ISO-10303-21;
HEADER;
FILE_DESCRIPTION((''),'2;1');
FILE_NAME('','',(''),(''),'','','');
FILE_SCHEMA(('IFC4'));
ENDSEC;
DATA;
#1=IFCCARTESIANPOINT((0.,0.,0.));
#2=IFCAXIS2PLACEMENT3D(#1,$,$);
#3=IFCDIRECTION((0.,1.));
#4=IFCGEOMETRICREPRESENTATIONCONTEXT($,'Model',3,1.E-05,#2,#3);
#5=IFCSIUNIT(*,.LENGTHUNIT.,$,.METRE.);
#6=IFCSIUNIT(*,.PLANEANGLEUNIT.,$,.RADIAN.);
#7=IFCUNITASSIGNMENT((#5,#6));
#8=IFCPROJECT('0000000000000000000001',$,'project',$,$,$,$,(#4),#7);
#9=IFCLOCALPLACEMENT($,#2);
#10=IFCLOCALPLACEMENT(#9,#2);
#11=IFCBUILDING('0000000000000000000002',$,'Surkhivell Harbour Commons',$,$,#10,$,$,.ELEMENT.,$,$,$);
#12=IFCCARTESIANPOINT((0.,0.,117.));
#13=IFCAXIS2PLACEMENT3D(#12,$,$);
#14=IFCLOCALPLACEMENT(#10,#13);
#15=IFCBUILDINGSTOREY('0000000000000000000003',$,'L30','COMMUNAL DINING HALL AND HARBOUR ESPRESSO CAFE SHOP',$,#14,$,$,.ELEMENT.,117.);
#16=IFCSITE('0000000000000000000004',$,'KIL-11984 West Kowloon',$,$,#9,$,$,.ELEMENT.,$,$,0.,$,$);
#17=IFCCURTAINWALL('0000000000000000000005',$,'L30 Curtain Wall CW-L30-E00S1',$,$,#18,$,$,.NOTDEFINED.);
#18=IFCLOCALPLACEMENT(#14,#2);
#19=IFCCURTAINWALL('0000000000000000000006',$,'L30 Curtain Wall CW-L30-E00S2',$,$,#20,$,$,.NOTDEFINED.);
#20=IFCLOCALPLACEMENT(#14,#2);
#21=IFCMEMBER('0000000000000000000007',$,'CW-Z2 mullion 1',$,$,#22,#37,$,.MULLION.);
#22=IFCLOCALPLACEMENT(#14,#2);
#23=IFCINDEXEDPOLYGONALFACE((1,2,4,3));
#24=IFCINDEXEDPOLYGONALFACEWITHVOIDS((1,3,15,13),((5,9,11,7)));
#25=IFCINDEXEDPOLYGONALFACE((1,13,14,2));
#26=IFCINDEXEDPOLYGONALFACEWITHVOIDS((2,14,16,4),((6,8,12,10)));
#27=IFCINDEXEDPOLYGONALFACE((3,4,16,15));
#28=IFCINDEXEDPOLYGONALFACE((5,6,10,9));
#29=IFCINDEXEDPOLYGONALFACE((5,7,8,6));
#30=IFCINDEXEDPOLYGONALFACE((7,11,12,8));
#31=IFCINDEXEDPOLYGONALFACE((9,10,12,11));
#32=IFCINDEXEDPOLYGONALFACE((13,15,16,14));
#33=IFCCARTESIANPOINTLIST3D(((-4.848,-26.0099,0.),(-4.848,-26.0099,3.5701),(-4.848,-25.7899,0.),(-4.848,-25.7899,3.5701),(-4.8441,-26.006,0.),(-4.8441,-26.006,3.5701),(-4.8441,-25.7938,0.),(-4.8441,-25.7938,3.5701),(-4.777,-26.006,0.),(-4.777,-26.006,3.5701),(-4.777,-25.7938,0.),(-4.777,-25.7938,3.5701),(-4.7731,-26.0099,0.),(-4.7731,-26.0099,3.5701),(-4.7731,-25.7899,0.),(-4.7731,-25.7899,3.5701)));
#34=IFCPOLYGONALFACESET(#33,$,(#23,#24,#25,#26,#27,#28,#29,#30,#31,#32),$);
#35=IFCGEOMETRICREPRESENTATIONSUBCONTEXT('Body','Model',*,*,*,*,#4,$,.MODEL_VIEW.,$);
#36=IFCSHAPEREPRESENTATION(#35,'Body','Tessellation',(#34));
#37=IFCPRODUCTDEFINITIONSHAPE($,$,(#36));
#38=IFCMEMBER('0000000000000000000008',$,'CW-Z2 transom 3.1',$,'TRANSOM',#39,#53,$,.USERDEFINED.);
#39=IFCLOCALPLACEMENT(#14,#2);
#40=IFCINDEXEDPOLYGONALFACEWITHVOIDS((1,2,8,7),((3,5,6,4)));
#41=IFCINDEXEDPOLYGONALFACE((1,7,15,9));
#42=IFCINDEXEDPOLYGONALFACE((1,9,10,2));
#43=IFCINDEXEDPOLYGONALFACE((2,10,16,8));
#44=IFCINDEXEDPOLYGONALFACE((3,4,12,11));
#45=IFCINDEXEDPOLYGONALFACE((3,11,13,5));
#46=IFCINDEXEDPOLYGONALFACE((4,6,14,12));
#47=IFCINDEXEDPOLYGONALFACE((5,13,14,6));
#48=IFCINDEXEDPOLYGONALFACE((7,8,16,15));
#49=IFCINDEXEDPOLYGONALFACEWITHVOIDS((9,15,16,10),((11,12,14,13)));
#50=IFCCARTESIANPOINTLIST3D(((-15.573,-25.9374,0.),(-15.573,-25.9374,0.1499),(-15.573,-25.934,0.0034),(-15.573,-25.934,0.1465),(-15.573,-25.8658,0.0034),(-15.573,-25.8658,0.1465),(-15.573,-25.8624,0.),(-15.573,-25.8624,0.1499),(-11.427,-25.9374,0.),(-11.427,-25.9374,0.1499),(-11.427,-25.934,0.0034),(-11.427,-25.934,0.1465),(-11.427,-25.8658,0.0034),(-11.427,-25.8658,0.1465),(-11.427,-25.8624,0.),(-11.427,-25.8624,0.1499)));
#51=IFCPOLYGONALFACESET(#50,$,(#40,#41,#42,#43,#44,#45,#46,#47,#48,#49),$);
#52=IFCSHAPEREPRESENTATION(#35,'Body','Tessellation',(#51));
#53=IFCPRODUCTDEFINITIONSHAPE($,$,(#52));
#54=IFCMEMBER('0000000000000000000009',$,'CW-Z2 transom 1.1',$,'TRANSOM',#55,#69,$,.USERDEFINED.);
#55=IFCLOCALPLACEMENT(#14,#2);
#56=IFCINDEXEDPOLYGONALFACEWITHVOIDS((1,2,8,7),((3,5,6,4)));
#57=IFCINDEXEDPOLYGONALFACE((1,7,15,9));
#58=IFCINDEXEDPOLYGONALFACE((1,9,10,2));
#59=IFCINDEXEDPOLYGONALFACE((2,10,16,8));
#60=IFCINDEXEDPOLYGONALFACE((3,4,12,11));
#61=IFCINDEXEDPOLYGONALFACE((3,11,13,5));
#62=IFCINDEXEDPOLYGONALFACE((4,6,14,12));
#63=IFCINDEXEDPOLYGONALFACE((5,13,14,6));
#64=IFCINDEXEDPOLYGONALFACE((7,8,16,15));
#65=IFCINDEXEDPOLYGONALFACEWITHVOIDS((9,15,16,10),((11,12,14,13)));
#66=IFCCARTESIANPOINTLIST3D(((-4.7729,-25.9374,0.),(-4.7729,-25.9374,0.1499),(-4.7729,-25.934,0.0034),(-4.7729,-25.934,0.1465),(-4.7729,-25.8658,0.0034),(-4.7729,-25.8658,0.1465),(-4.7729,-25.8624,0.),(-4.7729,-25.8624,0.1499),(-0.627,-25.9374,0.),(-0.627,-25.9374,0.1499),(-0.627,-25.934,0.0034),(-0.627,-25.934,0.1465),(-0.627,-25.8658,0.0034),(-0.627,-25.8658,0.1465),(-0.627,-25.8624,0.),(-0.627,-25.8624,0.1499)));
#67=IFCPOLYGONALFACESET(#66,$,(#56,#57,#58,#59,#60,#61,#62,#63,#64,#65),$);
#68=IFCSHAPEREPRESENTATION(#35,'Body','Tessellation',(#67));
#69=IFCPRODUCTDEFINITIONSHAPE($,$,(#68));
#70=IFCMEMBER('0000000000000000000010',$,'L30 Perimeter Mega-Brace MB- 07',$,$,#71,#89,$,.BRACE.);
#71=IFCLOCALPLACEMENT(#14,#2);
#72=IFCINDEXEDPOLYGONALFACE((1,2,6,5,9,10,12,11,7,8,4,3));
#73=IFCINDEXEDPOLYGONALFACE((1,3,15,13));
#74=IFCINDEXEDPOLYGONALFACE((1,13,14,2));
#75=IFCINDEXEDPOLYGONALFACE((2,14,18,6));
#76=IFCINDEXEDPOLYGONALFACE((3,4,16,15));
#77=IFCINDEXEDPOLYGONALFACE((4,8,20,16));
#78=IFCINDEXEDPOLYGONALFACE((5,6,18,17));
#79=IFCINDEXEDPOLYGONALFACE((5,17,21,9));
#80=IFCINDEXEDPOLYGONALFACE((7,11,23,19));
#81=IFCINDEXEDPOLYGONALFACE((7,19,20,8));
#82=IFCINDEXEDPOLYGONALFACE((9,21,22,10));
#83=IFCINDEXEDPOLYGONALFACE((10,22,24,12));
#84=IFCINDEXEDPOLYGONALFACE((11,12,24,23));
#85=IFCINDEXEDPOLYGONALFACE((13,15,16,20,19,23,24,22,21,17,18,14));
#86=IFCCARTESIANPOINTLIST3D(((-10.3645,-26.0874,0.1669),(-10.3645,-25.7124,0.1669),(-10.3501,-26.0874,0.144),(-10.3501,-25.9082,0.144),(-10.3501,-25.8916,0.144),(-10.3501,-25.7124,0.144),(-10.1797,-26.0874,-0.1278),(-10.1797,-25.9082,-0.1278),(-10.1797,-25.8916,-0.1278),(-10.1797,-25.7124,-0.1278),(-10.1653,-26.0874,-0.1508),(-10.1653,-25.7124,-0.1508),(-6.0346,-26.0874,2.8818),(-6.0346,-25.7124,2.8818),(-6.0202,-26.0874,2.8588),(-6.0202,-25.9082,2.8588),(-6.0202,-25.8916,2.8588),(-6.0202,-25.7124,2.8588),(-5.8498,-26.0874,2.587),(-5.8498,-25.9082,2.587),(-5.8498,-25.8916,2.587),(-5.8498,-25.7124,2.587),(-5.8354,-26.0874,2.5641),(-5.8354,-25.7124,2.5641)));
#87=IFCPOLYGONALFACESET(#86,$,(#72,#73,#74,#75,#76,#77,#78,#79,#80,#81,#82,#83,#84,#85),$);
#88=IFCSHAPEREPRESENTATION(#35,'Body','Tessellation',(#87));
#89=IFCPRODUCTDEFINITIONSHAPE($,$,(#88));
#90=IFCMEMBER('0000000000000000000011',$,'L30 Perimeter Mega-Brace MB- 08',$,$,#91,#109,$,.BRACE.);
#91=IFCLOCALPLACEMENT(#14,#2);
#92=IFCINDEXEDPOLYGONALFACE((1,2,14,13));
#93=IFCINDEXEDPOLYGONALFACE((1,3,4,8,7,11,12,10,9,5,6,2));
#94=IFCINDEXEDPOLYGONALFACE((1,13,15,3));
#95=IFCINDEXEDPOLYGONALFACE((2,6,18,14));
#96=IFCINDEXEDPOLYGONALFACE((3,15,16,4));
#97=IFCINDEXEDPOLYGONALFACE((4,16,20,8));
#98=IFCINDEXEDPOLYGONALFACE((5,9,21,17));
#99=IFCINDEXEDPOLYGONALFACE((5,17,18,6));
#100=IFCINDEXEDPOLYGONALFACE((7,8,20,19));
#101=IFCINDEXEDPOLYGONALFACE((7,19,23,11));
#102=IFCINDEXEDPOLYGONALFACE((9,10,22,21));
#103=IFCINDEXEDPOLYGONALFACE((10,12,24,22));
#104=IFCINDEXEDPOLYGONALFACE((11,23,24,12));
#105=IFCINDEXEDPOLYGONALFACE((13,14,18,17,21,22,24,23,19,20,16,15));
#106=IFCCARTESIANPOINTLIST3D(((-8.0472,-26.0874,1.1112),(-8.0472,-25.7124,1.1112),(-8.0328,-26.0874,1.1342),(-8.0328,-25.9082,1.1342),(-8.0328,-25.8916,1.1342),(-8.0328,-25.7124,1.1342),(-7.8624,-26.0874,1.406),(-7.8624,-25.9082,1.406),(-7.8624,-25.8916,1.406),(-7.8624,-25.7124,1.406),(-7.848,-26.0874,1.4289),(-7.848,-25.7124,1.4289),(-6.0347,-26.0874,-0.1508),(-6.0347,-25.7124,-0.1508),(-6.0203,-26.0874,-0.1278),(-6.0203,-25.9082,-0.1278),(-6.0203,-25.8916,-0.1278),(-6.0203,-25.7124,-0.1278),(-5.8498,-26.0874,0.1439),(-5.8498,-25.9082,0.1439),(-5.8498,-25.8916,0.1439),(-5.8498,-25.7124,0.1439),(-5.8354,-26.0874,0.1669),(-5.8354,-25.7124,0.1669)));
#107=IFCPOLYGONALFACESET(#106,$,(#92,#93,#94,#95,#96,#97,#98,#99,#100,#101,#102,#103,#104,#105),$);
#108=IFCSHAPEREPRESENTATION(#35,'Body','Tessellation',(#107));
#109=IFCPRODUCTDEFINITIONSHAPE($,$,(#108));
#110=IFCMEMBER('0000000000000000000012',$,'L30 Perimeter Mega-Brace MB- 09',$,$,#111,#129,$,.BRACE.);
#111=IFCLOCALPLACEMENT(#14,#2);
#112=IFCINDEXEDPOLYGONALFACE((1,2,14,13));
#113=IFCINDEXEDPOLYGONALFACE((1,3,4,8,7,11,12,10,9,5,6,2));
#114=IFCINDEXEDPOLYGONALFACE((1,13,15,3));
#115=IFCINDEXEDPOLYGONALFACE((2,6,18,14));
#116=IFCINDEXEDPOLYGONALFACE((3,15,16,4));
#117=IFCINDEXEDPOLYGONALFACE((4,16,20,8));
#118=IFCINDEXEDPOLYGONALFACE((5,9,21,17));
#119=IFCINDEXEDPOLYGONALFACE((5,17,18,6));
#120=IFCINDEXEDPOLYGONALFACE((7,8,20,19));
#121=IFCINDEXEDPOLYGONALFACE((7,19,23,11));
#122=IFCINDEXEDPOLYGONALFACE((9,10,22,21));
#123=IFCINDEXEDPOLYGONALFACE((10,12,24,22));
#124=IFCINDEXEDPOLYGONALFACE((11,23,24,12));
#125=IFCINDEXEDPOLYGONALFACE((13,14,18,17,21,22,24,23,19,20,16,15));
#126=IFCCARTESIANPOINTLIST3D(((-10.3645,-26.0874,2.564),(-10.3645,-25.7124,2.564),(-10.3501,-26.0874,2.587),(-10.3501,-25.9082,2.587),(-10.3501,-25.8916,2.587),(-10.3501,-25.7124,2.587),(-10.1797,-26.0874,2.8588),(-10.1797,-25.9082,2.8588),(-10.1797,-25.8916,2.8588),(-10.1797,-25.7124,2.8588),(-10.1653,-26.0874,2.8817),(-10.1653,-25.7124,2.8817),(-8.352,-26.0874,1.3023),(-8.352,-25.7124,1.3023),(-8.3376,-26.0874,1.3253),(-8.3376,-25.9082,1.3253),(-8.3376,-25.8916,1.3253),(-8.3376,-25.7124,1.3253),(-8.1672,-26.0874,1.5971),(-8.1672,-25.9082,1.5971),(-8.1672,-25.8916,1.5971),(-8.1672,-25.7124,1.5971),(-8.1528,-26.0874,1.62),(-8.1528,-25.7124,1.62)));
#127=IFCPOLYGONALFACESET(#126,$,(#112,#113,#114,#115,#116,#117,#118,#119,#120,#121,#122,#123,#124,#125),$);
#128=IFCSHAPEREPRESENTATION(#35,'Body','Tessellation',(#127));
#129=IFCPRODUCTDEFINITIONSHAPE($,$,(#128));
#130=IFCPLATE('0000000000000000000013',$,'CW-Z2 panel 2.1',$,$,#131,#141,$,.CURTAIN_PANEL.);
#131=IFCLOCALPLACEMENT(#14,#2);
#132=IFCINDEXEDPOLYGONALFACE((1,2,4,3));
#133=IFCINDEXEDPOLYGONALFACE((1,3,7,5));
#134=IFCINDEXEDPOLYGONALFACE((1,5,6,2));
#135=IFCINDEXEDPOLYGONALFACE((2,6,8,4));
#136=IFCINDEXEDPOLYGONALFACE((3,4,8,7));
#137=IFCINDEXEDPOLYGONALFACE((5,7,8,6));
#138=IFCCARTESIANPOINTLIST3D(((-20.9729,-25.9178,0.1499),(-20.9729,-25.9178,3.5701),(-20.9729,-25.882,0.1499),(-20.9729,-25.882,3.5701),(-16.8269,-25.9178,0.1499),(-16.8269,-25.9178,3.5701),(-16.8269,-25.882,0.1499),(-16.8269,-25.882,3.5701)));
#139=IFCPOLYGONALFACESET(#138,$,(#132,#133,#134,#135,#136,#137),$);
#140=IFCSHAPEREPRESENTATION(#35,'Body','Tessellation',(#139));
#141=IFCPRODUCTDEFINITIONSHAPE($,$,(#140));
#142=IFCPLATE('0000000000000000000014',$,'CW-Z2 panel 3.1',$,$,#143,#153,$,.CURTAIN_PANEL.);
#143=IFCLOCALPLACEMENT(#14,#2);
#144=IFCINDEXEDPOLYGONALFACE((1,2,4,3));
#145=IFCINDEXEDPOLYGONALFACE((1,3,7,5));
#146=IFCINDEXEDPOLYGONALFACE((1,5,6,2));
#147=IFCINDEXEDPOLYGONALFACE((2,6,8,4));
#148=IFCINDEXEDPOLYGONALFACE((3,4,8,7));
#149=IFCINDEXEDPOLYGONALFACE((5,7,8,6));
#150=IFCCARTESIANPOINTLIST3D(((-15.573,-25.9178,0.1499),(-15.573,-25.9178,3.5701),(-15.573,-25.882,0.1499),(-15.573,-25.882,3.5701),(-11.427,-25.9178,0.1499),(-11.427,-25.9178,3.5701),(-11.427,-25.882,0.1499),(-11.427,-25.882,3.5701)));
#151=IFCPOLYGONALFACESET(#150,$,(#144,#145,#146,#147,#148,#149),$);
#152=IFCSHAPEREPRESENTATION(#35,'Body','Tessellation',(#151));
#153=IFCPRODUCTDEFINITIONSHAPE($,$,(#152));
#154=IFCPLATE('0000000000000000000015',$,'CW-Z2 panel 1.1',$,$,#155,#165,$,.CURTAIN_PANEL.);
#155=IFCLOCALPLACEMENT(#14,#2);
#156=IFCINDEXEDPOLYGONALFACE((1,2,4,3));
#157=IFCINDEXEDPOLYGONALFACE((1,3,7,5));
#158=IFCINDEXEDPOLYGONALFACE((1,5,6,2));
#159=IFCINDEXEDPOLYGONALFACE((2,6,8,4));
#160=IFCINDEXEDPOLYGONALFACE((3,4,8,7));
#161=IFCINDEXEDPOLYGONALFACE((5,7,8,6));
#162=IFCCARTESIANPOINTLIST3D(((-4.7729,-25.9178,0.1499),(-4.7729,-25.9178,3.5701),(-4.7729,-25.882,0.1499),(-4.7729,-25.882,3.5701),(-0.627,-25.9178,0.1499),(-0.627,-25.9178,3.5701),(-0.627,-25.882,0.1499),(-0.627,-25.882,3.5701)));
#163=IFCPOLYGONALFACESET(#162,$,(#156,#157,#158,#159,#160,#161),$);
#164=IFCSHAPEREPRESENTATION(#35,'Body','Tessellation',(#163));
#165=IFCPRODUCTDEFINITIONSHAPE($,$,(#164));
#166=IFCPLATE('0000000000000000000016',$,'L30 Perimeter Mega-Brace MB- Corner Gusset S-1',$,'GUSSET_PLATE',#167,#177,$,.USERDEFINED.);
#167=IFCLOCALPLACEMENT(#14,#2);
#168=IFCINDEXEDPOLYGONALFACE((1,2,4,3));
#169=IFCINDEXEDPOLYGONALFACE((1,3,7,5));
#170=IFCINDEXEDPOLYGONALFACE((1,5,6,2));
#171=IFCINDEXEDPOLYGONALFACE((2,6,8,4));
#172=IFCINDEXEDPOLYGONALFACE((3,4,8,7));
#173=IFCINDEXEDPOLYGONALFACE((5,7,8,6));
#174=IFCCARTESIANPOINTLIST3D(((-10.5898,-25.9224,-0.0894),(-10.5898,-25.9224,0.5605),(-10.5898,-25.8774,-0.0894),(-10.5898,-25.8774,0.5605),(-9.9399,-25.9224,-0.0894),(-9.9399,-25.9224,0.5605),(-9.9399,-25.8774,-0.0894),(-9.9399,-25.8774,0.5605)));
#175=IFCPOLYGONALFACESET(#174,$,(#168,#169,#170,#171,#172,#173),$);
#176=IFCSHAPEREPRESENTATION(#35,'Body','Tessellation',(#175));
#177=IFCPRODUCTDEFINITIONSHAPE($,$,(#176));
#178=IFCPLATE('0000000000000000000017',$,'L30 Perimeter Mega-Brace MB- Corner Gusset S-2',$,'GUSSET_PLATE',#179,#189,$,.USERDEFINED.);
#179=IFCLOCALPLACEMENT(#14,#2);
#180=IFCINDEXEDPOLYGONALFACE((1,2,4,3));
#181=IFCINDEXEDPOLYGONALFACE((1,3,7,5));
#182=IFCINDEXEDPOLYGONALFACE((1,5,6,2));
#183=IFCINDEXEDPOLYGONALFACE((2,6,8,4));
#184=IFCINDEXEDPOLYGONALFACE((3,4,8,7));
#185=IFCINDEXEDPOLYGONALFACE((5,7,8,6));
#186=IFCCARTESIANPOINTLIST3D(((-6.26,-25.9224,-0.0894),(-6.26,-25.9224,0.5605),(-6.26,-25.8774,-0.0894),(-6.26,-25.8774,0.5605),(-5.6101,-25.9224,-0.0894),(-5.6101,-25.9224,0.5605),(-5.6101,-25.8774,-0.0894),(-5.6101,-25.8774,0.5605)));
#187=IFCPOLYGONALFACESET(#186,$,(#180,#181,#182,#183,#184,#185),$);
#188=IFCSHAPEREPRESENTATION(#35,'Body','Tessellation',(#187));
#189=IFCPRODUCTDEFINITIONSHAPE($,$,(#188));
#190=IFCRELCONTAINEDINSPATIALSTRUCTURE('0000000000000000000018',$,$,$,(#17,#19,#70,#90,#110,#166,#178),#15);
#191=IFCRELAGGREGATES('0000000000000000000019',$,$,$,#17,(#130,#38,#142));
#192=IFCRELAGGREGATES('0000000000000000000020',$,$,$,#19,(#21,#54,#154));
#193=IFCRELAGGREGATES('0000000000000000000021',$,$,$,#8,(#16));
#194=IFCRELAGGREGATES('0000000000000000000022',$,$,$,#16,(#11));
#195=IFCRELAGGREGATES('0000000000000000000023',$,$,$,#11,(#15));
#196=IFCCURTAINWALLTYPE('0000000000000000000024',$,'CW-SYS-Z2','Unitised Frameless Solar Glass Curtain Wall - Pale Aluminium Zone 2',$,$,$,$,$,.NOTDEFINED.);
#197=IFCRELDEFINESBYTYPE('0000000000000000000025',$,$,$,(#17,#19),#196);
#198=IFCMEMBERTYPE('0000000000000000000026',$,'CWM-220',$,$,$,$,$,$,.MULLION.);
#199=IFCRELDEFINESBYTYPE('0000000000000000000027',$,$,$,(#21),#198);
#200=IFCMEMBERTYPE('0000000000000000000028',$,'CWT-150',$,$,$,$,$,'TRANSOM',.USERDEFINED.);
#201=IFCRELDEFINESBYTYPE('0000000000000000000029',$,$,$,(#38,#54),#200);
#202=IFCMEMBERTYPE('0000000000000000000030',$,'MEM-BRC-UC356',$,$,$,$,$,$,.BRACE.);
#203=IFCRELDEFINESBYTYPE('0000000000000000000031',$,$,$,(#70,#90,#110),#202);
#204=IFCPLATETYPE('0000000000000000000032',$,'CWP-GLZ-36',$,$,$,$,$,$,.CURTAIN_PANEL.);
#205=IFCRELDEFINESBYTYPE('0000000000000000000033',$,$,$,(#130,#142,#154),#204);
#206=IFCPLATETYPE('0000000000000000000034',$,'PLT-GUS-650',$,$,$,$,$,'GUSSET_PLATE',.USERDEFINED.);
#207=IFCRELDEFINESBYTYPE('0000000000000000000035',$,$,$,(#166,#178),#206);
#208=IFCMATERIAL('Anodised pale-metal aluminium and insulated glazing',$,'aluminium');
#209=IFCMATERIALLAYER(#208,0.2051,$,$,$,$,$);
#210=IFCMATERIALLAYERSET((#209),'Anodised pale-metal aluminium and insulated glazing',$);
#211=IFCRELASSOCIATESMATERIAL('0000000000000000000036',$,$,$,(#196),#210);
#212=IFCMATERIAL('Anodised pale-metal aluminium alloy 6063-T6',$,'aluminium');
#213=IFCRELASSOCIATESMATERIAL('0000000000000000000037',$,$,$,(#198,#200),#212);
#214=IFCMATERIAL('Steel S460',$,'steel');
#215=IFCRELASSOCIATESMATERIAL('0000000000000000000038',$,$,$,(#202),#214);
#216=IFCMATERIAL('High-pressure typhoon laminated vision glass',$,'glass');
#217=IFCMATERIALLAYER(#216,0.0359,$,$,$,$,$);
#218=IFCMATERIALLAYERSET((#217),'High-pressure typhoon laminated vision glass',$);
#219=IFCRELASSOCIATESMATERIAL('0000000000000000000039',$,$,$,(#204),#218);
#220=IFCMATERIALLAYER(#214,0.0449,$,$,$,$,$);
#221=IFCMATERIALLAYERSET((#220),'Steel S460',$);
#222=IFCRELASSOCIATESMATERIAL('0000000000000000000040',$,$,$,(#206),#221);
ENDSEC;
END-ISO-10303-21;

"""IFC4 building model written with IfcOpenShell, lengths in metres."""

from ifc_helpers import new_model, si_unit, direction, frame, frame_2d, origin, origin_2d, place, context, subcontext, project, spatial, rectangle, hollow_rectangle, i_section, extrude, material, layer, layer_set, material_profile, profile_set, type_object, element, aggregate, save


model = new_model("IFC4")

# Units and contexts
model_context = context("Model", 3, precision=1e-05, world=origin(), true_north=direction((0.0, 1.0)))
body_context = subcontext(model_context, "Body", "Model", "MODEL_VIEW")
ifc_project = project(units=[si_unit("LENGTHUNIT", "METRE"), si_unit("PLANEANGLEUNIT", "RADIAN")], contexts=[model_context])

# Site, building, storey
site_placement = place(None, origin())
site = spatial("IfcSite", under=ifc_project, at=site_placement, Name="KIL-11984 West Kowloon", CompositionType="ELEMENT", RefElevation=0.0)
building_placement = place(site_placement, origin())
building = spatial("IfcBuilding", under=site, at=building_placement, Name="Surkhivell Harbour Commons", CompositionType="ELEMENT")
storey_placement = place(building_placement, frame((0.0, 0.0, 117.0)))
storey = spatial("IfcBuildingStorey", under=building, at=storey_placement, Name="L30", Description="COMMUNAL DINING HALL AND HARBOUR ESPRESSO CAFE SHOP", CompositionType="ELEMENT", Elevation=117.0)

# Shared definitions
ifc_material_1 = material(Name="Steel S460", Category="steel")

# Curtain wall
ifc_material_2 = material(Name="Anodised pale-metal aluminium and insulated glazing", Category="aluminium")
ifc_layer_1 = layer(ifc_material_2, 0.2051)
ifc_layer_set_1 = layer_set([ifc_layer_1], Name="Anodised pale-metal aluminium and insulated glazing")
curtain_wall_type = type_object("IfcCurtainWallType", Name="CW-SYS-Z2", Description="Unitised Frameless Solar Glass Curtain Wall - Pale Aluminium Zone 2", PredefinedType="NOTDEFINED", material=ifc_layer_set_1)
curtain_wall_1_placement = place(storey_placement, origin())
curtain_wall_1 = element("IfcCurtainWall", 1, at=curtain_wall_1_placement, inside=storey, type_object=curtain_wall_type, Name="L30 Curtain Wall CW-L30-E00S1", PredefinedType="NOTDEFINED")
ifc_material_3 = material(Name="Anodised pale-metal aluminium alloy 6063-T6", Category="aluminium")
ifc_material_profile_1 = material_profile(ifc_material_3, hollow_rectangle(XDim=0.075, YDim=0.22, WallThickness=0.0039, at=origin_2d()), Name="ALU-MULL-75x220")
ifc_profile_set_1 = profile_set([ifc_material_profile_1], Name="Anodised pale-metal aluminium alloy 6063-T6")
member_type_1 = type_object("IfcMemberType", Name="CWM-220", PredefinedType="MULLION", material=ifc_profile_set_1)

# Curtain wall, member
curtain_wall_2_placement = place(storey_placement, origin())
curtain_wall_2 = element("IfcCurtainWall", 2, at=curtain_wall_2_placement, inside=storey, type_object=curtain_wall_type, Name="L30 Curtain Wall CW-L30-E00S2", PredefinedType="NOTDEFINED")
member_1_placement = place(storey_placement, frame((-4.8105, -25.8999, 0.0), z_axis=(0.0, 0.0, 1.0), x_axis=(1.0, 0.0, 0.0)))
member_1 = element("IfcMember", 3, at=member_1_placement, type_object=member_type_1, Name="CW-Z2 mullion 1", PredefinedType="MULLION", context=body_context, shape_type="SweptSolid", body=[
    extrude(hollow_rectangle(XDim=0.075, YDim=0.22, WallThickness=0.0039, at=origin_2d()), origin(), (0.0, 0.0, 1.0), 3.5701),
])

# Members
ifc_material_profile_2 = material_profile(ifc_material_3, hollow_rectangle(XDim=0.075, YDim=0.1499, WallThickness=0.0034, at=origin_2d()), Name="ALU-TRAN-75x150")
ifc_profile_set_2 = profile_set([ifc_material_profile_2], Name="Anodised pale-metal aluminium alloy 6063-T6")
member_type_2 = type_object("IfcMemberType", Name="CWT-150", ElementType="TRANSOM", PredefinedType="USERDEFINED", material=ifc_profile_set_2)
member_2_placement = place(storey_placement, frame((-15.573, -25.8999, 0.075), z_axis=(1.0, 0.0, 0.0), x_axis=(0.0, 1.0, 0.0)))
member_2 = element("IfcMember", 4, at=member_2_placement, type_object=member_type_2, Name="CW-Z2 transom 3.1", ObjectType="TRANSOM", PredefinedType="USERDEFINED", context=body_context, shape_type="SweptSolid", body=[
    extrude(hollow_rectangle(XDim=0.075, YDim=0.1499, WallThickness=0.0034, at=origin_2d()), origin(), (0.0, 0.0, 1.0), 4.146),
])
member_3_placement = place(storey_placement, frame((-4.7729, -25.8999, 0.075), z_axis=(1.0, 0.0, 0.0), x_axis=(0.0, 1.0, 0.0)))
member_3 = element("IfcMember", 5, at=member_3_placement, type_object=member_type_2, Name="CW-Z2 transom 1.1", ObjectType="TRANSOM", PredefinedType="USERDEFINED", context=body_context, shape_type="SweptSolid", body=[
    extrude(hollow_rectangle(XDim=0.075, YDim=0.1499, WallThickness=0.0034, at=origin_2d()), origin(), (0.0, 0.0, 1.0), 4.146),
])

# Members
ifc_material_profile_3 = material_profile(ifc_material_1, i_section(OverallWidth=0.375, OverallDepth=0.375, WebThickness=0.0166, FlangeThickness=0.0271, at=origin_2d()), Name="UC356x368x202")
ifc_profile_set_3 = profile_set([ifc_material_profile_3], Name="Steel S460")
member_type_3 = type_object("IfcMemberType", Name="MEM-BRC-UC356", PredefinedType="BRACE", material=ifc_profile_set_3)
member_4_placement = place(storey_placement, frame((-10.2649, -25.8999, 0.0081), z_axis=(0.847233, 0.0, 0.531222), x_axis=(0.0, 1.0, 0.0)))
element("IfcMember", 6, at=member_4_placement, inside=storey, type_object=member_type_3, Name="L30 Perimeter Mega-Brace MB- 07", PredefinedType="BRACE", context=body_context, shape_type="SweptSolid", body=[
    extrude(i_section(OverallWidth=0.375, OverallDepth=0.375, WebThickness=0.0166, FlangeThickness=0.0271, at=origin_2d()), origin(), (0.0, 0.0, 1.0), 5.1106),
])
member_5_placement = place(storey_placement, frame((-5.9351, -25.8999, 0.0081), z_axis=(-0.847206, 0.0, 0.531264), x_axis=(0.0, -1.0, 0.0)))
element("IfcMember", 7, at=member_5_placement, inside=storey, type_object=member_type_3, Name="L30 Perimeter Mega-Brace MB- 08", PredefinedType="BRACE", context=body_context, shape_type="SweptSolid", body=[
    extrude(i_section(OverallWidth=0.375, OverallDepth=0.375, WebThickness=0.0166, FlangeThickness=0.0271, at=origin_2d()), origin(), (0.0, 0.0, 1.0), 2.3755),
])
member_6_placement = place(storey_placement, frame((-8.2524, -25.8999, 1.4612), z_axis=(-0.847253, 0.0, 0.53119), x_axis=(0.0, -1.0, 0.0)))
element("IfcMember", 8, at=member_6_placement, inside=storey, type_object=member_type_3, Name="L30 Perimeter Mega-Brace MB- 09", PredefinedType="BRACE", context=body_context, shape_type="SweptSolid", body=[
    extrude(i_section(OverallWidth=0.375, OverallDepth=0.375, WebThickness=0.0166, FlangeThickness=0.0271, at=origin_2d()), origin(), (0.0, 0.0, 1.0), 2.3752),
])

# Plates
ifc_material_4 = material(Name="High-pressure typhoon laminated vision glass", Category="glass")
ifc_layer_2 = layer(ifc_material_4, 0.0359)
ifc_layer_set_2 = layer_set([ifc_layer_2], Name="High-pressure typhoon laminated vision glass")
plate_type_1 = type_object("IfcPlateType", Name="CWP-GLZ-36", PredefinedType="CURTAIN_PANEL", material=ifc_layer_set_2)
plate_1_placement = place(storey_placement, frame((-20.9729, -25.8999, 0.1499), z_axis=(0.0, 0.0, 1.0), x_axis=(1.0, 0.0, 0.0)))
plate_1 = element("IfcPlate", 9, at=plate_1_placement, type_object=plate_type_1, Name="CW-Z2 panel 2.1", PredefinedType="CURTAIN_PANEL", context=body_context, shape_type="SweptSolid", body=[
    extrude(rectangle(XDim=4.146, YDim=0.0359, at=frame_2d((2.073, 0.0))), origin(), (0.0, 0.0, 1.0), 3.4202),
])
plate_2_placement = place(storey_placement, frame((-15.573, -25.8999, 0.1499), z_axis=(0.0, 0.0, 1.0), x_axis=(1.0, 0.0, 0.0)))
plate_2 = element("IfcPlate", 10, at=plate_2_placement, type_object=plate_type_1, Name="CW-Z2 panel 3.1", PredefinedType="CURTAIN_PANEL", context=body_context, shape_type="SweptSolid", body=[
    extrude(rectangle(XDim=4.146, YDim=0.0359, at=frame_2d((2.073, 0.0))), origin(), (0.0, 0.0, 1.0), 3.4202),
])
aggregate(curtain_wall_1, [plate_1, member_2, plate_2])
plate_3_placement = place(storey_placement, frame((-4.7729, -25.8999, 0.1499), z_axis=(0.0, 0.0, 1.0), x_axis=(1.0, 0.0, 0.0)))
plate_3 = element("IfcPlate", 11, at=plate_3_placement, type_object=plate_type_1, Name="CW-Z2 panel 1.1", PredefinedType="CURTAIN_PANEL", context=body_context, shape_type="SweptSolid", body=[
    extrude(rectangle(XDim=4.146, YDim=0.0359, at=frame_2d((2.073, 0.0))), origin(), (0.0, 0.0, 1.0), 3.4202),
])
aggregate(curtain_wall_2, [member_1, member_3, plate_3])

# Plates
ifc_layer_3 = layer(ifc_material_1, 0.0449)
ifc_layer_set_3 = layer_set([ifc_layer_3], Name="Steel S460")
plate_type_2 = type_object("IfcPlateType", Name="PLT-GUS-650", ElementType="GUSSET_PLATE", PredefinedType="USERDEFINED", material=ifc_layer_set_3)
for number, where, z_axis, x_axis, name in (
    (12, (-10.2649, -25.8999, -0.0894), (0.0, 0.0, 1.0), (1.0, 0.0, 0.0), "L30 Perimeter Mega-Brace MB- Corner Gusset S-1"),
    (13, (-5.9351, -25.8999, -0.0894), (0.0, 0.0, 1.0), (1.0, 0.0, 0.0), "L30 Perimeter Mega-Brace MB- Corner Gusset S-2"),
):
    element("IfcPlate", number, at=place(storey_placement, frame(where, z_axis=z_axis, x_axis=x_axis)), inside=storey, type_object=plate_type_2, Name=name, ObjectType="GUSSET_PLATE", PredefinedType="USERDEFINED", context=body_context, shape_type="SweptSolid", body=[
        extrude(rectangle(XDim=0.6499, YDim=0.0449, at=origin_2d()), origin(), (0.0, 0.0, 1.0), 0.6499),
    ])

save(model, "model.ifc")
